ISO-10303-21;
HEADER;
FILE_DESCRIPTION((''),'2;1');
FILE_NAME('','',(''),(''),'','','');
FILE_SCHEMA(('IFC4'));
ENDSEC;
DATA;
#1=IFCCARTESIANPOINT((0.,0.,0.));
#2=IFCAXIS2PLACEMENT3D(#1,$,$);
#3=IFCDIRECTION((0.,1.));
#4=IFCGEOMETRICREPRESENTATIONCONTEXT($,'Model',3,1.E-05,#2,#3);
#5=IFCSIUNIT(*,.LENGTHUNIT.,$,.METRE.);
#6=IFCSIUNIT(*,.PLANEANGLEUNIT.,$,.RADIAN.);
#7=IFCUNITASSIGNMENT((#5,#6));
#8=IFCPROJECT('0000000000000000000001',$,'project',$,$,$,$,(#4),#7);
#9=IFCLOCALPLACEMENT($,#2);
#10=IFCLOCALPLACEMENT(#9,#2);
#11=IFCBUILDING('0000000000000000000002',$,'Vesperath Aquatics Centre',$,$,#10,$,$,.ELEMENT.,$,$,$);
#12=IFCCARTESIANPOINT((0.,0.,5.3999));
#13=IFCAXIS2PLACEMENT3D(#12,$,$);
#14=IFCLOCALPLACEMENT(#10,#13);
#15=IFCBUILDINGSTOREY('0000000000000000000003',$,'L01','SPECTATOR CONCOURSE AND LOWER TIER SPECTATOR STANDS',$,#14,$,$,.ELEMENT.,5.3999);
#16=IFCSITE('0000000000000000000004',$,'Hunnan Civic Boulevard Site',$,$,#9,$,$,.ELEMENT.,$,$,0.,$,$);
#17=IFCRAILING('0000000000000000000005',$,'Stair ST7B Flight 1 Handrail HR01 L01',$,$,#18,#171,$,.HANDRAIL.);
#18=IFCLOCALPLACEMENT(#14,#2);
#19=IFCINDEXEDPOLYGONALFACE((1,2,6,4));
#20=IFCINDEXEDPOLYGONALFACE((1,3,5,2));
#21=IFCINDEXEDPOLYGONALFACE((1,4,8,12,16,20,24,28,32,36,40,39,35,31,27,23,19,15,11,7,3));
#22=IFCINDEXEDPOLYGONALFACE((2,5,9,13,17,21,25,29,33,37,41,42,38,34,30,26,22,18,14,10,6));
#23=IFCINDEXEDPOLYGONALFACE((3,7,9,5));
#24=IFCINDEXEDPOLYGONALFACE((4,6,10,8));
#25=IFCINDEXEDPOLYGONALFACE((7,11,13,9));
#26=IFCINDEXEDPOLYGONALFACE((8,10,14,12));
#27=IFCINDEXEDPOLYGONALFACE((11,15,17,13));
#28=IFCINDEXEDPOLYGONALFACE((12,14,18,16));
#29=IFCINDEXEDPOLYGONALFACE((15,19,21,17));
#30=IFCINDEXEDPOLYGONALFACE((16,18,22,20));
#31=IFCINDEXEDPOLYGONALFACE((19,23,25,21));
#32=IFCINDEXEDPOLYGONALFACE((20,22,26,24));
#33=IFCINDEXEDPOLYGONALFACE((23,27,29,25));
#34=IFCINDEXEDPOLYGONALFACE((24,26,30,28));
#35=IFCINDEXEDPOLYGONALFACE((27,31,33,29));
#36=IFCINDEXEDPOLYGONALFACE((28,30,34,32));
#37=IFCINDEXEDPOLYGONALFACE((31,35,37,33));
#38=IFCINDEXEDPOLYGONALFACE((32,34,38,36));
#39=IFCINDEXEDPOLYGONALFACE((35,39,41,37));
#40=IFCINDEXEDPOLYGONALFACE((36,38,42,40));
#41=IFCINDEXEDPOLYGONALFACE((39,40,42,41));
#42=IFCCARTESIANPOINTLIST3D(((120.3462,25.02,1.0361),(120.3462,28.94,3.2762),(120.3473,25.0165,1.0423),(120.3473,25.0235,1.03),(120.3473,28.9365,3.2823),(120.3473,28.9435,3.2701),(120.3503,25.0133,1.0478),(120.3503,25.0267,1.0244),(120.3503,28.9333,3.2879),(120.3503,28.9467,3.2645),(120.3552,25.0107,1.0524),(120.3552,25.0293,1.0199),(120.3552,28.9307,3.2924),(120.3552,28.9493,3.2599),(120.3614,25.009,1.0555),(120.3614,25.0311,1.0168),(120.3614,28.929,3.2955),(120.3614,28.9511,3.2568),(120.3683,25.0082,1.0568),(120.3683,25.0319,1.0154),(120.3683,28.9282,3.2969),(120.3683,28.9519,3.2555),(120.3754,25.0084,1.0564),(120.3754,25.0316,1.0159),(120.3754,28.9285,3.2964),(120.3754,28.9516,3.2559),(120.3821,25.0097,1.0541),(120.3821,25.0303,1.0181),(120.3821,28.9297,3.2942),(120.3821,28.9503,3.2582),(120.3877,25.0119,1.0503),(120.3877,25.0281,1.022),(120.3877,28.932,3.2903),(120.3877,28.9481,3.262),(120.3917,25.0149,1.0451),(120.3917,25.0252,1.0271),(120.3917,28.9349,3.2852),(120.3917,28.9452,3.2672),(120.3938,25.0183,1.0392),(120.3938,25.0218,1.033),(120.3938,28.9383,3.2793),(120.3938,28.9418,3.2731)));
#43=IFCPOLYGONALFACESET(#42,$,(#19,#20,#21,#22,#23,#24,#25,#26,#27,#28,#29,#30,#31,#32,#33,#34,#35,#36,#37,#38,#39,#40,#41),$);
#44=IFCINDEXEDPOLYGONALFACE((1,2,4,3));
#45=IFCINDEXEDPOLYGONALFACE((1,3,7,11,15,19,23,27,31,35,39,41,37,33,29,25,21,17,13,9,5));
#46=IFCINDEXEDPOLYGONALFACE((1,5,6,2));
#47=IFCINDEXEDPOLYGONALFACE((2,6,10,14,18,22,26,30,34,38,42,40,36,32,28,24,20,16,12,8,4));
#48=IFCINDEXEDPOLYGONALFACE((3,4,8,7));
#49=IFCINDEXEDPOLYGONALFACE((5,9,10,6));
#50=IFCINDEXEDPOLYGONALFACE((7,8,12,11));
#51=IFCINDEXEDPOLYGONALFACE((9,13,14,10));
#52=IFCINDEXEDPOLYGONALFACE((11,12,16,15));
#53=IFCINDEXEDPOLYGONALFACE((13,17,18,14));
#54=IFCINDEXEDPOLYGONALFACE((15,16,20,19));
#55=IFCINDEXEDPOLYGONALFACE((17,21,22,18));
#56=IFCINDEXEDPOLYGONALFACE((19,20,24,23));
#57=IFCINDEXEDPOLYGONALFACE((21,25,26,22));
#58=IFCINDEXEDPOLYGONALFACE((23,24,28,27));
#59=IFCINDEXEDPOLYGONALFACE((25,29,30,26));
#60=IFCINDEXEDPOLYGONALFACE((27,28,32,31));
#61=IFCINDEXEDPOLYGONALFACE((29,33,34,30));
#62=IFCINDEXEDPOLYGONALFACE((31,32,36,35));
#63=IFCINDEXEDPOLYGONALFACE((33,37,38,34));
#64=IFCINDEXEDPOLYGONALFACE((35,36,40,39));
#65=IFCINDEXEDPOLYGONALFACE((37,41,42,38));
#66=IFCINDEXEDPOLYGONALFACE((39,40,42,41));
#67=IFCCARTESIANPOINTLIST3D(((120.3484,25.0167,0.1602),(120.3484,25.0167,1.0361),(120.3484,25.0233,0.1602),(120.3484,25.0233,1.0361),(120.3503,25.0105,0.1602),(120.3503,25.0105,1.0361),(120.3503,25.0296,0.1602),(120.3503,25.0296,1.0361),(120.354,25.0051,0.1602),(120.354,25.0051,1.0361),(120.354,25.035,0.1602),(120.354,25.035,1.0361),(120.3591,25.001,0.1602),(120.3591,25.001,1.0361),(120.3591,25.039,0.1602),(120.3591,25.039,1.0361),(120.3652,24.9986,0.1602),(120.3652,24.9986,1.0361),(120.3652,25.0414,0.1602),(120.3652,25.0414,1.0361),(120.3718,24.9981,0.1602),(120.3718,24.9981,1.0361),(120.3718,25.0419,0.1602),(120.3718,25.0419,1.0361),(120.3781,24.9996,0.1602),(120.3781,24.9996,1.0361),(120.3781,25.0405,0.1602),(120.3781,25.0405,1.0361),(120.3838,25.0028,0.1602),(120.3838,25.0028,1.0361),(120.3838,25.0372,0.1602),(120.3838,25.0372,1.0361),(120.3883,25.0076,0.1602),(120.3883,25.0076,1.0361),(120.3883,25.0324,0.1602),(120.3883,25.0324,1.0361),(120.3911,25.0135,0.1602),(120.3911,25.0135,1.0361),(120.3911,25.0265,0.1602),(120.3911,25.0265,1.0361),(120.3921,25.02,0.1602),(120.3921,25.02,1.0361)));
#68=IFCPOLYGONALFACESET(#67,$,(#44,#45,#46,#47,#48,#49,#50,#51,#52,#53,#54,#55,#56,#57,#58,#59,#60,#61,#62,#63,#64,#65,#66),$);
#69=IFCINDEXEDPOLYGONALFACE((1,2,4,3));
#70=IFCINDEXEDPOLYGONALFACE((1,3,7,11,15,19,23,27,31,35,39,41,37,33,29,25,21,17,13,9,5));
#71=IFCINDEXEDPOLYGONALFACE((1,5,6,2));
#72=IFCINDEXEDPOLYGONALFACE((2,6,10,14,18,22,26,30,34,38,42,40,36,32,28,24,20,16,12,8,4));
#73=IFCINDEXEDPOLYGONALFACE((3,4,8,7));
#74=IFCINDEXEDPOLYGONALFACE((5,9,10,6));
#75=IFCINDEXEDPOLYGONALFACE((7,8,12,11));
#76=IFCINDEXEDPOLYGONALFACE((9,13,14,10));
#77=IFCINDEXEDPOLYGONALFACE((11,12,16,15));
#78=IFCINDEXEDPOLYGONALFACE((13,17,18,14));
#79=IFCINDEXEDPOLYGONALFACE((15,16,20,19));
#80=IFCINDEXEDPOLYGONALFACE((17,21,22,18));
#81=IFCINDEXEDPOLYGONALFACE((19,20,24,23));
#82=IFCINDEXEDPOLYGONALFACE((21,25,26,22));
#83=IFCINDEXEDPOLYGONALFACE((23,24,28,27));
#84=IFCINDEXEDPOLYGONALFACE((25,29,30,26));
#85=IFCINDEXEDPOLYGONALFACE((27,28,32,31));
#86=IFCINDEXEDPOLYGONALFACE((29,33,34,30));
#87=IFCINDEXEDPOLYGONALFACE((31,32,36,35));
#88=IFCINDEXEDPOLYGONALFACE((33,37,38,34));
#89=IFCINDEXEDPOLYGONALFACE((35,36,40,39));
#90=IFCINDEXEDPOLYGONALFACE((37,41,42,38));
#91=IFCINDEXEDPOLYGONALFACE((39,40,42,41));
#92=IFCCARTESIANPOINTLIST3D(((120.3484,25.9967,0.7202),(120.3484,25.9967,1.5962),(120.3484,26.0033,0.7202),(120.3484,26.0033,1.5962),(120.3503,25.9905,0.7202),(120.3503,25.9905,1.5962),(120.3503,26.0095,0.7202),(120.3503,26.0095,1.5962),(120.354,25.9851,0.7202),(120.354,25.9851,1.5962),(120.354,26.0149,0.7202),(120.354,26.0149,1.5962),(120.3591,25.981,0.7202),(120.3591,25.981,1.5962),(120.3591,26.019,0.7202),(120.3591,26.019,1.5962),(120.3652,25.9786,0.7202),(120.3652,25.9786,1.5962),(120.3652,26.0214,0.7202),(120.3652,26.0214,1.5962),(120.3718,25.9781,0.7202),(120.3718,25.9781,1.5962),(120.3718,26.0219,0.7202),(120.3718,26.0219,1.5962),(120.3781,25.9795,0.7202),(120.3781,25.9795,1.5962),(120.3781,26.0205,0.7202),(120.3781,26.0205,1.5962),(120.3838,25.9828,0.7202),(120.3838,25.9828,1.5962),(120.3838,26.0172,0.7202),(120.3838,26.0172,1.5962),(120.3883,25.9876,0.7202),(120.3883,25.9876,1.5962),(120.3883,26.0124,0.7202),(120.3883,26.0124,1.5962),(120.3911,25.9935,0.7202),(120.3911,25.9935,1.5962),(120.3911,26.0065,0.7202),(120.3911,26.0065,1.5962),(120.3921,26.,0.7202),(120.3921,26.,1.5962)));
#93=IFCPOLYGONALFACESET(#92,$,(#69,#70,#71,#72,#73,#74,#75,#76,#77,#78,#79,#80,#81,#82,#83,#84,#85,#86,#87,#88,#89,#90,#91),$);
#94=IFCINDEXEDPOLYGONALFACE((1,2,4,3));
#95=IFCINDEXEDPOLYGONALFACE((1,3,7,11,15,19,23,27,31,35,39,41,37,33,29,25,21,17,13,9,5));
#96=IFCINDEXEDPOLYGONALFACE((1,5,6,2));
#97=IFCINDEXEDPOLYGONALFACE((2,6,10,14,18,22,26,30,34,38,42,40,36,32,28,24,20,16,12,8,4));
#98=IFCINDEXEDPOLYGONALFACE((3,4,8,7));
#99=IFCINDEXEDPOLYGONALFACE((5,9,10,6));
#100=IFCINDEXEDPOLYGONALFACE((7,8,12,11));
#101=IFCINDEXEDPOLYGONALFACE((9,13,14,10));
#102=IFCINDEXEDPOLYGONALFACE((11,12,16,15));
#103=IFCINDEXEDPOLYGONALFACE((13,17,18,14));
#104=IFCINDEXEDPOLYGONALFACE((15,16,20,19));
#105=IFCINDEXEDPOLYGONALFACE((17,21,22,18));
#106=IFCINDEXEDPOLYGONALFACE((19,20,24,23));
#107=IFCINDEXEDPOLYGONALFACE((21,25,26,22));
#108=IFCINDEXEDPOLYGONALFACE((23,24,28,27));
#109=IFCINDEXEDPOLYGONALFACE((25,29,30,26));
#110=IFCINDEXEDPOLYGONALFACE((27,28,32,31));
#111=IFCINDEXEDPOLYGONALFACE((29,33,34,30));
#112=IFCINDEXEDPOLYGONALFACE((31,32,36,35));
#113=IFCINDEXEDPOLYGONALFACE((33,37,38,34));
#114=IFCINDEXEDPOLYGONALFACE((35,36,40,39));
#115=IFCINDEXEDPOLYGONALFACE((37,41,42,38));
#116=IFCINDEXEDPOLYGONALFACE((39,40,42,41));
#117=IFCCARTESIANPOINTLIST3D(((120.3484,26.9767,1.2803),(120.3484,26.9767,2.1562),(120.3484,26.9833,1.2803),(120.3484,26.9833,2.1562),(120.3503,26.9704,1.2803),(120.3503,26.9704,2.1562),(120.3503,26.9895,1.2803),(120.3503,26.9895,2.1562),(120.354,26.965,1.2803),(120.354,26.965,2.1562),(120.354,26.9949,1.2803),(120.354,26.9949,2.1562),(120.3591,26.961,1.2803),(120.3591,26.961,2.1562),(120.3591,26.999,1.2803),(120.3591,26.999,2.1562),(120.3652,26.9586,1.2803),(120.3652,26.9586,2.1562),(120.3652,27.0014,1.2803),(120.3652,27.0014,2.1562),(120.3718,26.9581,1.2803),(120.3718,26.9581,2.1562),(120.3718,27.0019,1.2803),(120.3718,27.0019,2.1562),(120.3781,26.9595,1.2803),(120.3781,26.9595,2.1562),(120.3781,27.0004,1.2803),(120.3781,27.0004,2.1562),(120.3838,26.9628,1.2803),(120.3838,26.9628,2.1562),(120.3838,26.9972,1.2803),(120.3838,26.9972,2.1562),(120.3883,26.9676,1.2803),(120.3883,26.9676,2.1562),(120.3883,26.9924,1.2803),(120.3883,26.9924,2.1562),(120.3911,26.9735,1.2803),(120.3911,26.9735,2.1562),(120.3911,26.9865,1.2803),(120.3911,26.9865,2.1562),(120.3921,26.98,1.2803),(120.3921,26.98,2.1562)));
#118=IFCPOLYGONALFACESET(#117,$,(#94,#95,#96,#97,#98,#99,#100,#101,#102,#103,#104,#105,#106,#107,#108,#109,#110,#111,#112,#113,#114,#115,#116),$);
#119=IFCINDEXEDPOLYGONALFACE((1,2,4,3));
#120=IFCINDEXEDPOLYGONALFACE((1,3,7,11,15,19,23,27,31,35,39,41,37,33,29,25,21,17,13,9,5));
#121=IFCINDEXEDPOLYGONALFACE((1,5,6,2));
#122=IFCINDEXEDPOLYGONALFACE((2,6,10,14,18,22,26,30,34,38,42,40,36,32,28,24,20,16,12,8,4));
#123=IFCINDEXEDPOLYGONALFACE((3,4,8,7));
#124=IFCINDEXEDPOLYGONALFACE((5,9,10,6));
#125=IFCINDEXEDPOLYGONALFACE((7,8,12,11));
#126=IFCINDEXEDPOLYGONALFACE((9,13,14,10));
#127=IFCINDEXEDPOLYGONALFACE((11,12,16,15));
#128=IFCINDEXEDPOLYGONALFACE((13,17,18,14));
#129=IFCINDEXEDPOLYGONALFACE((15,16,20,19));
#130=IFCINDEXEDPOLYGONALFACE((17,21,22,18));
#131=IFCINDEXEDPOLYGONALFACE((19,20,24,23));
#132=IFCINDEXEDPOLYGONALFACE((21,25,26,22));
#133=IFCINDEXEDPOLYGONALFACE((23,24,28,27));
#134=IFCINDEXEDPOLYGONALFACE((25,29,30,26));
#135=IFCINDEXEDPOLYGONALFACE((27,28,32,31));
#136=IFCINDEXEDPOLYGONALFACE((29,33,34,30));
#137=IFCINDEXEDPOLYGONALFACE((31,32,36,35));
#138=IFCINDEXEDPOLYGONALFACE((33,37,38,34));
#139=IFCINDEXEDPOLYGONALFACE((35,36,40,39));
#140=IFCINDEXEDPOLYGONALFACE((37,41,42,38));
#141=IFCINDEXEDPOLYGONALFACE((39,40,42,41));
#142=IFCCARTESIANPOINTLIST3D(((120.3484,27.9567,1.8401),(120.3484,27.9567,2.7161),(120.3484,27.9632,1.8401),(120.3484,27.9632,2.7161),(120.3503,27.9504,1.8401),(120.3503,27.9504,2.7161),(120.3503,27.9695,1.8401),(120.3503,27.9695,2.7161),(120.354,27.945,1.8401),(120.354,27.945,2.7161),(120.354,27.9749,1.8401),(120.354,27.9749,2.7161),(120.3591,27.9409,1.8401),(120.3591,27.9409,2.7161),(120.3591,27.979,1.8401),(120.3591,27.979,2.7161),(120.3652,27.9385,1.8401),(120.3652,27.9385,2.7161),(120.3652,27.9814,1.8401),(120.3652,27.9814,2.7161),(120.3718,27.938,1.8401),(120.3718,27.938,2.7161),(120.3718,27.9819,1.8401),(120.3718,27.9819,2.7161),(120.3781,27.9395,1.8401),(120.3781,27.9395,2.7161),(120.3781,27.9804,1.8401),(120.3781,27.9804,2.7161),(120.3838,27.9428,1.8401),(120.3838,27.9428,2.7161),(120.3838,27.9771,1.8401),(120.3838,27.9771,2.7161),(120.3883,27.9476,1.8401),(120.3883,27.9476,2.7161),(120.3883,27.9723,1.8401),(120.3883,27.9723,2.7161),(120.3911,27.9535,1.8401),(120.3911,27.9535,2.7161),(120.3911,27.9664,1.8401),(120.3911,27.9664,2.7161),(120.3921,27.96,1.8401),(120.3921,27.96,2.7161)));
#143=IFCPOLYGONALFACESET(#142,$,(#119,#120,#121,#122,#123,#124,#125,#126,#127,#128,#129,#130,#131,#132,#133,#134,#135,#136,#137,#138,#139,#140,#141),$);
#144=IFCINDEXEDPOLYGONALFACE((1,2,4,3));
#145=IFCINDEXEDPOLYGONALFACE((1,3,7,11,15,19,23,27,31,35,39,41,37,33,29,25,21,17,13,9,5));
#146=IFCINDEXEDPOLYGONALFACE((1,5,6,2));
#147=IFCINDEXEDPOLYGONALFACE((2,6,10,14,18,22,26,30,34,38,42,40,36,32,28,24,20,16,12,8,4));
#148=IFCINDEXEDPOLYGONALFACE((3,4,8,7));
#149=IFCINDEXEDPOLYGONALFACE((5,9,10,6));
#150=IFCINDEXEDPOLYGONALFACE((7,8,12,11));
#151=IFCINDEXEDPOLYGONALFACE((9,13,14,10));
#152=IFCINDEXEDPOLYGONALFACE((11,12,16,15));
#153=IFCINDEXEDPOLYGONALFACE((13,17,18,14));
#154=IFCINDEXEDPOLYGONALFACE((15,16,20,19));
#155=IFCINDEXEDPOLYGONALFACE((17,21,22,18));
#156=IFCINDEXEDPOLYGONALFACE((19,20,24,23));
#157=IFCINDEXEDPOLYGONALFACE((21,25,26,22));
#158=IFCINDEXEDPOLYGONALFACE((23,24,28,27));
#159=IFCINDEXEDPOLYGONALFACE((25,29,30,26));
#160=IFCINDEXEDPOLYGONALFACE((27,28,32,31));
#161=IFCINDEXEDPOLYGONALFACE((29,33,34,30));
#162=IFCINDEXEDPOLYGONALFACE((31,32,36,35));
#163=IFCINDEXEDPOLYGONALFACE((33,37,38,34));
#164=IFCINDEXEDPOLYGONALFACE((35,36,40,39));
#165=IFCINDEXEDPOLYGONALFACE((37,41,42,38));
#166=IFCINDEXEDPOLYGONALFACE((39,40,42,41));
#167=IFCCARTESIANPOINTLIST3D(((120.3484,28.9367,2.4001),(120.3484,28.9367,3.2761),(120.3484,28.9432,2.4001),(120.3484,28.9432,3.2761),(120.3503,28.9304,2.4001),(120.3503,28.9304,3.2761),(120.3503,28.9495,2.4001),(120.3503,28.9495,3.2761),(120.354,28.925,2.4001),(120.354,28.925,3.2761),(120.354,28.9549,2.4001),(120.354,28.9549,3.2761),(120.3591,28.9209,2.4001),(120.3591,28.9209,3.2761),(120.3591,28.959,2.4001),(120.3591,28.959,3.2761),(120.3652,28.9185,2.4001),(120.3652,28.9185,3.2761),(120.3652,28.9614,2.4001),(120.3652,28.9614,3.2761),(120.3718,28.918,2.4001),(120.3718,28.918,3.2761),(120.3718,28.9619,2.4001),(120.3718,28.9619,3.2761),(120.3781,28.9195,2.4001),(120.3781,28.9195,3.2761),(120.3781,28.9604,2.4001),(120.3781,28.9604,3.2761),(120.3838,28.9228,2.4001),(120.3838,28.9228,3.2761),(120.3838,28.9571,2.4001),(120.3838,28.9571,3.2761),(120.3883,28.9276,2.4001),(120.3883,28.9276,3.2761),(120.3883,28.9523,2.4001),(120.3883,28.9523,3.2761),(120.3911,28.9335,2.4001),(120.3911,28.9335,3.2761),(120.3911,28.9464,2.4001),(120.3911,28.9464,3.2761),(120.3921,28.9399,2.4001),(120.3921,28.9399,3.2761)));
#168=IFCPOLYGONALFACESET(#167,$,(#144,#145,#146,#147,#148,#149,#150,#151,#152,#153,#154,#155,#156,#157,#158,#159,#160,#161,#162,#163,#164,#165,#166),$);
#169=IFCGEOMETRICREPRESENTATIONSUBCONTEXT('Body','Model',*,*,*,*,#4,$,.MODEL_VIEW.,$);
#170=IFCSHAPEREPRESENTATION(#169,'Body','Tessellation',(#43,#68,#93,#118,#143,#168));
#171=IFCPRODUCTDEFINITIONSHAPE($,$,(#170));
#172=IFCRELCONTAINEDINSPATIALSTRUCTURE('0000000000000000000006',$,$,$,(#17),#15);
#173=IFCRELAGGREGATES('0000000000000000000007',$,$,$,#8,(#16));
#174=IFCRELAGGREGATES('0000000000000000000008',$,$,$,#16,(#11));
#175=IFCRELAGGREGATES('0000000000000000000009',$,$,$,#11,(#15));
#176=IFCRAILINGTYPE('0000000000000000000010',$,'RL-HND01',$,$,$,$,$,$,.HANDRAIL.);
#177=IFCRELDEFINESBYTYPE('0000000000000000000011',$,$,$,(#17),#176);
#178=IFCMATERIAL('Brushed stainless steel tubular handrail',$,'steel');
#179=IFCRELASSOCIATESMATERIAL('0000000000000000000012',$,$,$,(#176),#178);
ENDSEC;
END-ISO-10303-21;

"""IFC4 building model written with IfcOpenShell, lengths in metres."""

from ifc_helpers import new_model, si_unit, direction, frame, origin, origin_2d, place, context, subcontext, project, spatial, circle, extrude, material, type_object, element, save


model = new_model("IFC4")

# Units and contexts
model_context = context("Model", 3, precision=1e-05, world=origin(), true_north=direction((0.0, 1.0)))
body_context = subcontext(model_context, "Body", "Model", "MODEL_VIEW")
ifc_project = project(units=[si_unit("LENGTHUNIT", "METRE"), si_unit("PLANEANGLEUNIT", "RADIAN")], contexts=[model_context])

# Site, building, storey
site_placement = place(None, origin())
site = spatial("IfcSite", under=ifc_project, at=site_placement, Name="Hunnan Civic Boulevard Site", CompositionType="ELEMENT", RefElevation=0.0)
building_placement = place(site_placement, origin())
building = spatial("IfcBuilding", under=site, at=building_placement, Name="Vesperath Aquatics Centre", CompositionType="ELEMENT")
storey_placement = place(building_placement, frame((0.0, 0.0, 5.3999)))
storey = spatial("IfcBuildingStorey", under=building, at=storey_placement, Name="L01", Description="SPECTATOR CONCOURSE AND LOWER TIER SPECTATOR STANDS", CompositionType="ELEMENT", Elevation=5.3999)

# Railing
ifc_material_1 = material(Name="Brushed stainless steel tubular handrail", Category="steel")
railing_type_1 = type_object("IfcRailingType", Name="RL-HND01", PredefinedType="HANDRAIL", material=ifc_material_1)
railing_1_placement = place(storey_placement, frame((120.3701, 25.02, 0.1602)))
element("IfcRailing", 1, at=railing_1_placement, inside=storey, type_object=railing_type_1, Name="Stair ST7B Flight 1 Handrail HR01 L01", PredefinedType="HANDRAIL", context=body_context, shape_type="SweptSolid", body=[
    extrude(circle(Radius=0.0239, at=origin_2d()), frame((0.0, 0.0, 0.876), z_axis=(0.0, 0.86824, 0.496145), x_axis=(-1.0, 0.0, 0.0)), (0.0, 0.0, 1.0), 4.5149),
    extrude(circle(Radius=0.022, at=origin_2d()), origin(), (0.0, 0.0, 1.0), 0.876),
    extrude(circle(Radius=0.022, at=origin_2d()), frame((0.0, 0.98, 0.5601)), (0.0, 0.0, 1.0), 0.876),
    extrude(circle(Radius=0.022, at=origin_2d()), frame((0.0, 1.96, 1.1201)), (0.0, 0.0, 1.0), 0.876),
    extrude(circle(Radius=0.022, at=origin_2d()), frame((0.0, 2.9399, 1.6799)), (0.0, 0.0, 1.0), 0.876),
    extrude(circle(Radius=0.022, at=origin_2d()), frame((0.0, 3.9199, 2.24)), (0.0, 0.0, 1.0), 0.876),
])

save(model, "model.ifc")
